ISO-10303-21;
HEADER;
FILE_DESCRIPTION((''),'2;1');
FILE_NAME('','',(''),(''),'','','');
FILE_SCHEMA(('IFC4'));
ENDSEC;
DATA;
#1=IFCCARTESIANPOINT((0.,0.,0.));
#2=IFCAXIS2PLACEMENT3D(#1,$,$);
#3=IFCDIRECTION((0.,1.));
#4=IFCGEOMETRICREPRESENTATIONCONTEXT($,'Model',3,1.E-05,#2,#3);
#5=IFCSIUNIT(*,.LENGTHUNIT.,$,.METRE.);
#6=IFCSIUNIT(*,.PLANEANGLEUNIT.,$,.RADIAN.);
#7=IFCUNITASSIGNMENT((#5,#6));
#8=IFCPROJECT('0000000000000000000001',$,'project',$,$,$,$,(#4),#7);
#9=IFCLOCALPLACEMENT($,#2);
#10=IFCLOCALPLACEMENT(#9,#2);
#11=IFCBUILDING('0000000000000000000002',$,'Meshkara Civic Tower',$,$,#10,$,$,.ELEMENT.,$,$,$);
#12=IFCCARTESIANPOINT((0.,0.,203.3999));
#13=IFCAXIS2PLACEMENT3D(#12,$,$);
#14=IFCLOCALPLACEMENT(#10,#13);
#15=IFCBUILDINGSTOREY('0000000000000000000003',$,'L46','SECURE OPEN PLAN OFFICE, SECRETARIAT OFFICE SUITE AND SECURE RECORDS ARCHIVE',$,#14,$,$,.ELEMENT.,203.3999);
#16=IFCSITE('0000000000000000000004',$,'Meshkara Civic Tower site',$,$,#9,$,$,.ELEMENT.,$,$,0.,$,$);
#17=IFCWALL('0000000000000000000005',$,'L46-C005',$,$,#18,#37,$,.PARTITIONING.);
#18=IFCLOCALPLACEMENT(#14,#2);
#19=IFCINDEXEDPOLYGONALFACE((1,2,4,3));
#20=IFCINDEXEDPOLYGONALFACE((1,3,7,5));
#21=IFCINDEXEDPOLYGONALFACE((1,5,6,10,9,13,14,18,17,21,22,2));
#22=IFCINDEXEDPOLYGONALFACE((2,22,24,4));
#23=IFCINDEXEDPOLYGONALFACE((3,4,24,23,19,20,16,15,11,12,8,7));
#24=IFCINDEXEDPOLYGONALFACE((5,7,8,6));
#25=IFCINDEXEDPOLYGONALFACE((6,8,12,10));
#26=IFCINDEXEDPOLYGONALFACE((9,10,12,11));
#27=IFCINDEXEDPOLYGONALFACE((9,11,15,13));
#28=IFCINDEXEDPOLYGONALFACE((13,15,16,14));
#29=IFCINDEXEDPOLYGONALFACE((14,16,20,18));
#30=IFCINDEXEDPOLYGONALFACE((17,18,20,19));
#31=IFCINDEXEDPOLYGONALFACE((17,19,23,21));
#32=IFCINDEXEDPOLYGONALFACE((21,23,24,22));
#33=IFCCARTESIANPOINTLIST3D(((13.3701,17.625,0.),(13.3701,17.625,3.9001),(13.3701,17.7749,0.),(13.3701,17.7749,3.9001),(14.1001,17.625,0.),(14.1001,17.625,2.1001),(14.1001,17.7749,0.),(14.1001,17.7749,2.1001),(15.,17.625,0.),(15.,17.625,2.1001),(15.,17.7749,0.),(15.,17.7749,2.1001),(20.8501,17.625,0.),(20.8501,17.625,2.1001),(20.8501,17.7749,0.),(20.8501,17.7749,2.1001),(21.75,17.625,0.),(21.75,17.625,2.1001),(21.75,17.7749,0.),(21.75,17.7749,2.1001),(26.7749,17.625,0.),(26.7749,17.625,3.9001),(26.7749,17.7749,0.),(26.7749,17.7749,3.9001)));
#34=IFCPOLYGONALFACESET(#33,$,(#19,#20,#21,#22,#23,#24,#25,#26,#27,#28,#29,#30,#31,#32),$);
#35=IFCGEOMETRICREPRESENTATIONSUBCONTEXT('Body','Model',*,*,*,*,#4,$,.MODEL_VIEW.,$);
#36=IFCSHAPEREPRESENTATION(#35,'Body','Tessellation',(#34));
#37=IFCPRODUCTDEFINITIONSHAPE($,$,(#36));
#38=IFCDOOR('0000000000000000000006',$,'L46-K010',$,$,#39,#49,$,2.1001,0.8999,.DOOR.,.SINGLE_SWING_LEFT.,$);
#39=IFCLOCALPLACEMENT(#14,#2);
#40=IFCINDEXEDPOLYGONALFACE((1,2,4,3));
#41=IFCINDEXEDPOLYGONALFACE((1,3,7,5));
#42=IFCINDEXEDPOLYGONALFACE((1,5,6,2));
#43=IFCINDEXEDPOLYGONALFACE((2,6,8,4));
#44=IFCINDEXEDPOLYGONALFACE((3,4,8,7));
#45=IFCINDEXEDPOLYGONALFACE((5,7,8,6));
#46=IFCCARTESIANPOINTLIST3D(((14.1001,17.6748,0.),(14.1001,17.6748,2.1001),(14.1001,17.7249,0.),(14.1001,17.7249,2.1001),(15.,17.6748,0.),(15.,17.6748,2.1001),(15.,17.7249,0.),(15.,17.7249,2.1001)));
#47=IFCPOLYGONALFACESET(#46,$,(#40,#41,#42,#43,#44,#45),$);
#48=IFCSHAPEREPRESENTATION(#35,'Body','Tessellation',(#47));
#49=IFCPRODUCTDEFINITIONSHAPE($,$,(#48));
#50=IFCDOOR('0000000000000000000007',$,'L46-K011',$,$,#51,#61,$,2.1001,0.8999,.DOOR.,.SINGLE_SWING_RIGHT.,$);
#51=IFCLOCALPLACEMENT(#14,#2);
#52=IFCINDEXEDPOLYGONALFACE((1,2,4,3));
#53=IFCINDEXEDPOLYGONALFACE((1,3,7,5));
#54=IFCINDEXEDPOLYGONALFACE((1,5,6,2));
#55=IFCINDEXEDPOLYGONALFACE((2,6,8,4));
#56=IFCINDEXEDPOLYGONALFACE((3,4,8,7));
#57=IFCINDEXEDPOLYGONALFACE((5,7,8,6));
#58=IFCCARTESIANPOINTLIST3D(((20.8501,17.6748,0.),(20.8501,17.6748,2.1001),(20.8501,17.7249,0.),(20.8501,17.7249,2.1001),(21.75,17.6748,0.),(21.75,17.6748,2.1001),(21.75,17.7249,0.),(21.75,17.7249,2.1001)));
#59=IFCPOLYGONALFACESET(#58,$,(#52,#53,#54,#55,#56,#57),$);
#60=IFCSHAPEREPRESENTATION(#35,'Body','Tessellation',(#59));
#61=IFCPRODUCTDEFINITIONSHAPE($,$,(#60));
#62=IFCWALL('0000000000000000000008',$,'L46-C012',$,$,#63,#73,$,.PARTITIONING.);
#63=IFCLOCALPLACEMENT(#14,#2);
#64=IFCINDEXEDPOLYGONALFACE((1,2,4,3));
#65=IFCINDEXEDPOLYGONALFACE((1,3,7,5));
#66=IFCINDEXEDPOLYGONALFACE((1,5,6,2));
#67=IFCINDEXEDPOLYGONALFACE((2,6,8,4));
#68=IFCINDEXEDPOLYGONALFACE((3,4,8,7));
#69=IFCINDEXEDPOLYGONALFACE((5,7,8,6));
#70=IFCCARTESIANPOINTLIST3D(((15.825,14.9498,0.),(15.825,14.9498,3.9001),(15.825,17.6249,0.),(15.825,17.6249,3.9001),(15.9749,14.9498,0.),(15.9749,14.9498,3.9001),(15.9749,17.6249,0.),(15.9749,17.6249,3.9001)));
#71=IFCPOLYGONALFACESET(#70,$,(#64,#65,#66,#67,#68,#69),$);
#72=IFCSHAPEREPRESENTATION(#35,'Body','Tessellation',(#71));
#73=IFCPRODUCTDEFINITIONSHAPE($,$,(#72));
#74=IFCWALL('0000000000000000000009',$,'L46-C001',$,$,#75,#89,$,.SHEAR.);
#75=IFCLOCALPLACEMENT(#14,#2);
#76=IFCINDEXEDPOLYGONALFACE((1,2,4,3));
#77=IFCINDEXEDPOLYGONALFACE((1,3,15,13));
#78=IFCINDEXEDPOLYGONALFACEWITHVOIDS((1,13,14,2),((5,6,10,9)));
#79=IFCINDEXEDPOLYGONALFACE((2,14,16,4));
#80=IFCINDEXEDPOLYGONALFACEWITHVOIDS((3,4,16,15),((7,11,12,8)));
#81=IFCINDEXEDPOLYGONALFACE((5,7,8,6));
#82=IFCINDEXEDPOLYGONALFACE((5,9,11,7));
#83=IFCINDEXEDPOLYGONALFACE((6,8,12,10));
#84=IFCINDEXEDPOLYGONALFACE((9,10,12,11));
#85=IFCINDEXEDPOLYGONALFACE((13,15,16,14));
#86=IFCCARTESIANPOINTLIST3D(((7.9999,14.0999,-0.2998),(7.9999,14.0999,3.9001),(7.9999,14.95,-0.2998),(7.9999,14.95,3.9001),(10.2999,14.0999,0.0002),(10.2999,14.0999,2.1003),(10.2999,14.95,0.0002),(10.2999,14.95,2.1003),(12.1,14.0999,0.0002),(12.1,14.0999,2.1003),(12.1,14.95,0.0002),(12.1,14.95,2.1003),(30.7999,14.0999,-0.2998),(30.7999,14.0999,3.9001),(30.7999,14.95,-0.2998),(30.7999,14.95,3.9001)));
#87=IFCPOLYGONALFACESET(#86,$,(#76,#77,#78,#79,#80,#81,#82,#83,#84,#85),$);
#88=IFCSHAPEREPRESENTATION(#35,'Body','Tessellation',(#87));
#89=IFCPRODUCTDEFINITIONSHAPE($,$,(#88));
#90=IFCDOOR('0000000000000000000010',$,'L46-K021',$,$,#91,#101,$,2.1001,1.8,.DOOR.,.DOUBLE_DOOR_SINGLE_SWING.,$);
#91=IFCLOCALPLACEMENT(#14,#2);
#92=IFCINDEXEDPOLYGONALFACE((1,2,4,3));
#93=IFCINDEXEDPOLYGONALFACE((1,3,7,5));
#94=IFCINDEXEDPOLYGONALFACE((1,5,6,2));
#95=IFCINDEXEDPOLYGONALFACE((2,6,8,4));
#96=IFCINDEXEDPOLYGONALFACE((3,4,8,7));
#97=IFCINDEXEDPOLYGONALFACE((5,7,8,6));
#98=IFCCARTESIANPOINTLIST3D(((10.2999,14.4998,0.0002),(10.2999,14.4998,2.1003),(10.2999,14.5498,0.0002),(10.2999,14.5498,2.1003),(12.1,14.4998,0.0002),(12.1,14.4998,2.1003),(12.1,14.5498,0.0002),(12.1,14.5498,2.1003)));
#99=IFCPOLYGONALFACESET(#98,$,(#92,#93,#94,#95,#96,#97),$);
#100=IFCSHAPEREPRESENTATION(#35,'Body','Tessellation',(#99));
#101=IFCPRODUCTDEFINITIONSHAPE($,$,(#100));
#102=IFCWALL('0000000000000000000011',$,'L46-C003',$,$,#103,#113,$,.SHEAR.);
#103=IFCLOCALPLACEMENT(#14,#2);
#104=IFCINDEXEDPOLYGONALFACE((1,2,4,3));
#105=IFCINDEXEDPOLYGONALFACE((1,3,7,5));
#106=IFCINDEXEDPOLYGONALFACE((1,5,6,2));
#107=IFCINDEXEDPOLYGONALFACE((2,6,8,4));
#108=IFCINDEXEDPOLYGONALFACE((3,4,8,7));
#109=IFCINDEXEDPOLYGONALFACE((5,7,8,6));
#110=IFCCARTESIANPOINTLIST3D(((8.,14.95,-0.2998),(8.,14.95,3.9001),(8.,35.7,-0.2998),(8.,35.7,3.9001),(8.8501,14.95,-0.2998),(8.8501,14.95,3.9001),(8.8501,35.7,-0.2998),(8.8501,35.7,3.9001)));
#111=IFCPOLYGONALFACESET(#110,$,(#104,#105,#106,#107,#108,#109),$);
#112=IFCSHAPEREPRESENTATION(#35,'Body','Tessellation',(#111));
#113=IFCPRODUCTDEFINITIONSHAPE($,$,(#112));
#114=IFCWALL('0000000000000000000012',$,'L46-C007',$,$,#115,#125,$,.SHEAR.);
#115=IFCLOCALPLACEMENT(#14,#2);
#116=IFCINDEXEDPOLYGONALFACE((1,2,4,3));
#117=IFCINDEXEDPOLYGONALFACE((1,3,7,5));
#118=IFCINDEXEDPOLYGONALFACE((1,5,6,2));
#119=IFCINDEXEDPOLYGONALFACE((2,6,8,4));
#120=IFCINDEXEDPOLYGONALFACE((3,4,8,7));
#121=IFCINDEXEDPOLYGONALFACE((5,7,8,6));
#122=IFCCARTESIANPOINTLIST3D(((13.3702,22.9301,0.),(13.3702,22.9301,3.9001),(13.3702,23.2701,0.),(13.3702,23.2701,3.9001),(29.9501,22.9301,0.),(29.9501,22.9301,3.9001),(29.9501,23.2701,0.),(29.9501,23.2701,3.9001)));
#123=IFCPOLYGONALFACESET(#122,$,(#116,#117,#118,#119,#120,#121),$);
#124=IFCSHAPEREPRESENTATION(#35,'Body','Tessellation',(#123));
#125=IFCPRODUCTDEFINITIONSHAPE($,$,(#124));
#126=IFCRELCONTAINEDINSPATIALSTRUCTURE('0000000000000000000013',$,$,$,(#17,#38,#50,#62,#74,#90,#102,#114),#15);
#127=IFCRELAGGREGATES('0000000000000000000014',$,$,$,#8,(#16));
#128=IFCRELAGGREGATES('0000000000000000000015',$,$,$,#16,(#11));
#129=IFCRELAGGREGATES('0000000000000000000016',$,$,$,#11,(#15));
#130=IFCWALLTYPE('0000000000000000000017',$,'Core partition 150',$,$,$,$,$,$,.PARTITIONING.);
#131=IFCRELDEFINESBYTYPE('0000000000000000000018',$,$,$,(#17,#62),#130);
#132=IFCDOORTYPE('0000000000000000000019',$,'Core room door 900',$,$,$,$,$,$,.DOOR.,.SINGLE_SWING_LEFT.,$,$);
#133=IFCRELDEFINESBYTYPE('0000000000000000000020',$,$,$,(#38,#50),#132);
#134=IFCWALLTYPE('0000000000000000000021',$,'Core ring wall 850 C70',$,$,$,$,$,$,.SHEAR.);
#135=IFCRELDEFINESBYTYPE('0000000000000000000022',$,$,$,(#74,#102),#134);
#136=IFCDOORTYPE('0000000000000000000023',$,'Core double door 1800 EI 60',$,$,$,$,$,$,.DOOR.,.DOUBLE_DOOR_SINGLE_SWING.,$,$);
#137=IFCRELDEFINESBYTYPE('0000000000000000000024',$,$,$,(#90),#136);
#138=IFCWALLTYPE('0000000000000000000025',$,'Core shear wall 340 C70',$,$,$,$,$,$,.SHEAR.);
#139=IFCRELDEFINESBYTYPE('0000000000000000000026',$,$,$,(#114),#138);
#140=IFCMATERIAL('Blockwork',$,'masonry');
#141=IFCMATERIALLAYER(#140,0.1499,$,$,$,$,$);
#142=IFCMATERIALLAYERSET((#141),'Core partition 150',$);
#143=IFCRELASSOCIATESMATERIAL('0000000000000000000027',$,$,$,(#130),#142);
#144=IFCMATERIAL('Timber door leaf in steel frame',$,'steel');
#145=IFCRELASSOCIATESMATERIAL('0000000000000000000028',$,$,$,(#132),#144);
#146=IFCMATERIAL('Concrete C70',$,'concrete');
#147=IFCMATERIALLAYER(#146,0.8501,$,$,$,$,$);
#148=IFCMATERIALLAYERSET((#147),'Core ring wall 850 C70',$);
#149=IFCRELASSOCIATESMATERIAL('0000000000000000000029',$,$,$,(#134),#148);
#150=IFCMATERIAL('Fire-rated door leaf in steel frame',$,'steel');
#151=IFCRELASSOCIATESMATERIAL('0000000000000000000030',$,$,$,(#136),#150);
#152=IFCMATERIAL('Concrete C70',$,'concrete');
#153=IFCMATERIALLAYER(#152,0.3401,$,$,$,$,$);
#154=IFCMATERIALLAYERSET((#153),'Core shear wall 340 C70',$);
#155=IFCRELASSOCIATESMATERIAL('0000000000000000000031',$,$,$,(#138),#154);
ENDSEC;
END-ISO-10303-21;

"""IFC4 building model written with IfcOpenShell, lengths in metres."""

from ifc_helpers import new_model, si_unit, direction, frame, frame_2d, origin, place, context, subcontext, project, spatial, rectangle, extrude, material, layer, layer_set, type_object, element, fill, save


model = new_model("IFC4")

# Units and contexts
model_context = context("Model", 3, precision=1e-05, world=origin(), true_north=direction((0.0, 1.0)))
body_context = subcontext(model_context, "Body", "Model", "MODEL_VIEW")
ifc_project = project(units=[si_unit("LENGTHUNIT", "METRE"), si_unit("PLANEANGLEUNIT", "RADIAN")], contexts=[model_context])

# Site, building, storey
site_placement = place(None, origin())
site = spatial("IfcSite", under=ifc_project, at=site_placement, Name="Meshkara Civic Tower site", CompositionType="ELEMENT", RefElevation=0.0)
building_placement = place(site_placement, origin())
building = spatial("IfcBuilding", under=site, at=building_placement, Name="Meshkara Civic Tower", CompositionType="ELEMENT")
storey_placement = place(building_placement, frame((0.0, 0.0, 203.3999)))
storey = spatial("IfcBuildingStorey", under=building, at=storey_placement, Name="L46", Description="SECURE OPEN PLAN OFFICE, SECRETARIAT OFFICE SUITE AND SECURE RECORDS ARCHIVE", CompositionType="ELEMENT", Elevation=203.3999)

# Wall, openings, doors
ifc_material_1 = material(Name="Blockwork", Category="masonry")
ifc_layer_1 = layer(ifc_material_1, 0.1499)
ifc_layer_set_1 = layer_set([ifc_layer_1], Name="Core partition 150")
wall_type_1 = type_object("IfcWallType", Name="Core partition 150", PredefinedType="PARTITIONING", material=ifc_layer_set_1)
wall_1_placement = place(storey_placement, frame((13.3701, 17.7, 0.0), z_axis=(0.0, 0.0, 1.0), x_axis=(1.0, 0.0, 0.0)))
wall_1 = element("IfcWall", 1, at=wall_1_placement, inside=storey, type_object=wall_type_1, Name="L46-C005", PredefinedType="PARTITIONING", context=body_context, shape_type="SweptSolid", body=[
    extrude(rectangle(XDim=13.4048, YDim=0.1499, at=frame_2d((6.7024, 0.0))), origin(), (0.0, 0.0, 1.0), 3.9001),
])
opening_1_placement = place(wall_1_placement, frame((0.73, 0.0, 0.0)))
opening_1 = element("IfcOpeningElement", 2, at=opening_1_placement, cuts=wall_1, PredefinedType="OPENING", context=body_context, shape_type="SweptSolid", body=[
    extrude(rectangle(XDim=0.8999, YDim=2.1001, at=frame_2d((0.45, 1.05))), frame((0.0, 0.085, 0.0), z_axis=(0.0, -1.0, 0.0), x_axis=(1.0, 0.0, 0.0)), (0.0, 0.0, 1.0), 0.1699),
])
opening_2_placement = place(wall_1_placement, frame((7.48, 0.0, 0.0)))
opening_2 = element("IfcOpeningElement", 3, at=opening_2_placement, cuts=wall_1, PredefinedType="OPENING", context=body_context, shape_type="SweptSolid", body=[
    extrude(rectangle(XDim=0.8999, YDim=2.1001, at=frame_2d((0.45, 1.05))), frame((0.0, 0.085, 0.0), z_axis=(0.0, -1.0, 0.0), x_axis=(1.0, 0.0, 0.0)), (0.0, 0.0, 1.0), 0.1699),
])
ifc_material_2 = material(Name="Timber door leaf in steel frame", Category="steel")
door_type_1 = type_object("IfcDoorType", Name="Core room door 900", OperationType="SINGLE_SWING_LEFT", PredefinedType="DOOR", material=ifc_material_2)
door_1_placement = place(opening_1_placement, origin())
door_1 = element("IfcDoor", 4, at=door_1_placement, inside=storey, type_object=door_type_1, Name="L46-K010", OperationType="SINGLE_SWING_LEFT", OverallHeight=2.1001, OverallWidth=0.8999, PredefinedType="DOOR", context=body_context, shape_type="SweptSolid", body=[
    extrude(rectangle(XDim=0.8999, YDim=2.1001, at=frame_2d((0.45, 1.05))), frame((0.0, 0.0249, 0.0), z_axis=(0.0, -1.0, 0.0), x_axis=(1.0, 0.0, 0.0)), (0.0, 0.0, 1.0), 0.05),
])
fill(opening_1, door_1)
door_2_placement = place(opening_2_placement, origin())
door_2 = element("IfcDoor", 5, at=door_2_placement, inside=storey, type_object=door_type_1, Name="L46-K011", OperationType="SINGLE_SWING_RIGHT", OverallHeight=2.1001, OverallWidth=0.8999, PredefinedType="DOOR", context=body_context, shape_type="SweptSolid", body=[
    extrude(rectangle(XDim=0.8999, YDim=2.1001, at=frame_2d((0.45, 1.05))), frame((0.0, 0.0249, 0.0), z_axis=(0.0, -1.0, 0.0), x_axis=(1.0, 0.0, 0.0)), (0.0, 0.0, 1.0), 0.05),
])
fill(opening_2, door_2)

# Wall
wall_2_placement = place(storey_placement, frame((15.8999, 14.95, 0.0), z_axis=(0.0, 0.0, 1.0), x_axis=(0.0, 1.0, 0.0)))
element("IfcWall", 6, at=wall_2_placement, inside=storey, type_object=wall_type_1, Name="L46-C012", PredefinedType="PARTITIONING", context=body_context, shape_type="SweptSolid", body=[
    extrude(rectangle(XDim=2.675, YDim=0.1499, at=frame_2d((1.3374, 0.0))), origin(), (0.0, 0.0, 1.0), 3.9001),
])

# Wall, opening, door
ifc_material_3 = material(Name="Concrete C70", Category="concrete")
ifc_layer_2 = layer(ifc_material_3, 0.8501)
ifc_layer_set_2 = layer_set([ifc_layer_2], Name="Core ring wall 850 C70")
wall_type_2 = type_object("IfcWallType", Name="Core ring wall 850 C70", PredefinedType="SHEAR", material=ifc_layer_set_2)
wall_3_placement = place(storey_placement, frame((8.0, 14.5249, -0.2998), z_axis=(0.0, 0.0, 1.0), x_axis=(1.0, 0.0, 0.0)))
wall_3 = element("IfcWall", 7, at=wall_3_placement, inside=storey, type_object=wall_type_2, Name="L46-C001", PredefinedType="SHEAR", context=body_context, shape_type="SweptSolid", body=[
    extrude(rectangle(XDim=22.8, YDim=0.8501, at=frame_2d((11.3999, 0.0))), origin(), (0.0, 0.0, 1.0), 4.2),
])
opening_3_placement = place(wall_3_placement, frame((2.3, 0.0, 0.3)))
opening_3 = element("IfcOpeningElement", 8, at=opening_3_placement, cuts=wall_3, PredefinedType="OPENING", context=body_context, shape_type="SweptSolid", body=[
    extrude(rectangle(XDim=1.8, YDim=2.1001, at=frame_2d((0.8999, 1.05))), frame((0.0, 0.4351, 0.0), z_axis=(0.0, -1.0, 0.0), x_axis=(1.0, 0.0, 0.0)), (0.0, 0.0, 1.0), 0.8701),
])
ifc_material_4 = material(Name="Fire-rated door leaf in steel frame", Category="steel")
door_type_2 = type_object("IfcDoorType", Name="Core double door 1800 EI 60", OperationType="DOUBLE_DOOR_SINGLE_SWING", PredefinedType="DOOR", material=ifc_material_4)
door_3_placement = place(opening_3_placement, origin())
door_3 = element("IfcDoor", 9, at=door_3_placement, inside=storey, type_object=door_type_2, Name="L46-K021", OperationType="DOUBLE_DOOR_SINGLE_SWING", OverallHeight=2.1001, OverallWidth=1.8, PredefinedType="DOOR", context=body_context, shape_type="SweptSolid", body=[
    extrude(rectangle(XDim=1.8, YDim=2.1001, at=frame_2d((0.8999, 1.05))), frame((0.0, 0.0249, 0.0), z_axis=(0.0, -1.0, 0.0), x_axis=(1.0, 0.0, 0.0)), (0.0, 0.0, 1.0), 0.05),
])
fill(opening_3, door_3)

# Walls
wall_4_placement = place(storey_placement, frame((8.425, 14.95, -0.2998), z_axis=(0.0, 0.0, 1.0), x_axis=(0.0, 1.0, 0.0)))
element("IfcWall", 10, at=wall_4_placement, inside=storey, type_object=wall_type_2, Name="L46-C003", PredefinedType="SHEAR", context=body_context, shape_type="SweptSolid", body=[
    extrude(rectangle(XDim=20.75, YDim=0.8501, at=frame_2d((10.375, 0.0))), origin(), (0.0, 0.0, 1.0), 4.2),
])
ifc_material_5 = material(Name="Concrete C70", Category="concrete")
ifc_layer_3 = layer(ifc_material_5, 0.3401)
ifc_layer_set_3 = layer_set([ifc_layer_3], Name="Core shear wall 340 C70")
wall_type_3 = type_object("IfcWallType", Name="Core shear wall 340 C70", PredefinedType="SHEAR", material=ifc_layer_set_3)
wall_5_placement = place(storey_placement, frame((13.3701, 23.1001, 0.0), z_axis=(0.0, 0.0, 1.0), x_axis=(1.0, 0.0, 0.0)))
element("IfcWall", 11, at=wall_5_placement, inside=storey, type_object=wall_type_3, Name="L46-C007", PredefinedType="SHEAR", context=body_context, shape_type="SweptSolid", body=[
    extrude(rectangle(XDim=16.5798, YDim=0.3401, at=frame_2d((8.29, 0.0))), origin(), (0.0, 0.0, 1.0), 3.9001),
])

save(model, "model.ifc")
